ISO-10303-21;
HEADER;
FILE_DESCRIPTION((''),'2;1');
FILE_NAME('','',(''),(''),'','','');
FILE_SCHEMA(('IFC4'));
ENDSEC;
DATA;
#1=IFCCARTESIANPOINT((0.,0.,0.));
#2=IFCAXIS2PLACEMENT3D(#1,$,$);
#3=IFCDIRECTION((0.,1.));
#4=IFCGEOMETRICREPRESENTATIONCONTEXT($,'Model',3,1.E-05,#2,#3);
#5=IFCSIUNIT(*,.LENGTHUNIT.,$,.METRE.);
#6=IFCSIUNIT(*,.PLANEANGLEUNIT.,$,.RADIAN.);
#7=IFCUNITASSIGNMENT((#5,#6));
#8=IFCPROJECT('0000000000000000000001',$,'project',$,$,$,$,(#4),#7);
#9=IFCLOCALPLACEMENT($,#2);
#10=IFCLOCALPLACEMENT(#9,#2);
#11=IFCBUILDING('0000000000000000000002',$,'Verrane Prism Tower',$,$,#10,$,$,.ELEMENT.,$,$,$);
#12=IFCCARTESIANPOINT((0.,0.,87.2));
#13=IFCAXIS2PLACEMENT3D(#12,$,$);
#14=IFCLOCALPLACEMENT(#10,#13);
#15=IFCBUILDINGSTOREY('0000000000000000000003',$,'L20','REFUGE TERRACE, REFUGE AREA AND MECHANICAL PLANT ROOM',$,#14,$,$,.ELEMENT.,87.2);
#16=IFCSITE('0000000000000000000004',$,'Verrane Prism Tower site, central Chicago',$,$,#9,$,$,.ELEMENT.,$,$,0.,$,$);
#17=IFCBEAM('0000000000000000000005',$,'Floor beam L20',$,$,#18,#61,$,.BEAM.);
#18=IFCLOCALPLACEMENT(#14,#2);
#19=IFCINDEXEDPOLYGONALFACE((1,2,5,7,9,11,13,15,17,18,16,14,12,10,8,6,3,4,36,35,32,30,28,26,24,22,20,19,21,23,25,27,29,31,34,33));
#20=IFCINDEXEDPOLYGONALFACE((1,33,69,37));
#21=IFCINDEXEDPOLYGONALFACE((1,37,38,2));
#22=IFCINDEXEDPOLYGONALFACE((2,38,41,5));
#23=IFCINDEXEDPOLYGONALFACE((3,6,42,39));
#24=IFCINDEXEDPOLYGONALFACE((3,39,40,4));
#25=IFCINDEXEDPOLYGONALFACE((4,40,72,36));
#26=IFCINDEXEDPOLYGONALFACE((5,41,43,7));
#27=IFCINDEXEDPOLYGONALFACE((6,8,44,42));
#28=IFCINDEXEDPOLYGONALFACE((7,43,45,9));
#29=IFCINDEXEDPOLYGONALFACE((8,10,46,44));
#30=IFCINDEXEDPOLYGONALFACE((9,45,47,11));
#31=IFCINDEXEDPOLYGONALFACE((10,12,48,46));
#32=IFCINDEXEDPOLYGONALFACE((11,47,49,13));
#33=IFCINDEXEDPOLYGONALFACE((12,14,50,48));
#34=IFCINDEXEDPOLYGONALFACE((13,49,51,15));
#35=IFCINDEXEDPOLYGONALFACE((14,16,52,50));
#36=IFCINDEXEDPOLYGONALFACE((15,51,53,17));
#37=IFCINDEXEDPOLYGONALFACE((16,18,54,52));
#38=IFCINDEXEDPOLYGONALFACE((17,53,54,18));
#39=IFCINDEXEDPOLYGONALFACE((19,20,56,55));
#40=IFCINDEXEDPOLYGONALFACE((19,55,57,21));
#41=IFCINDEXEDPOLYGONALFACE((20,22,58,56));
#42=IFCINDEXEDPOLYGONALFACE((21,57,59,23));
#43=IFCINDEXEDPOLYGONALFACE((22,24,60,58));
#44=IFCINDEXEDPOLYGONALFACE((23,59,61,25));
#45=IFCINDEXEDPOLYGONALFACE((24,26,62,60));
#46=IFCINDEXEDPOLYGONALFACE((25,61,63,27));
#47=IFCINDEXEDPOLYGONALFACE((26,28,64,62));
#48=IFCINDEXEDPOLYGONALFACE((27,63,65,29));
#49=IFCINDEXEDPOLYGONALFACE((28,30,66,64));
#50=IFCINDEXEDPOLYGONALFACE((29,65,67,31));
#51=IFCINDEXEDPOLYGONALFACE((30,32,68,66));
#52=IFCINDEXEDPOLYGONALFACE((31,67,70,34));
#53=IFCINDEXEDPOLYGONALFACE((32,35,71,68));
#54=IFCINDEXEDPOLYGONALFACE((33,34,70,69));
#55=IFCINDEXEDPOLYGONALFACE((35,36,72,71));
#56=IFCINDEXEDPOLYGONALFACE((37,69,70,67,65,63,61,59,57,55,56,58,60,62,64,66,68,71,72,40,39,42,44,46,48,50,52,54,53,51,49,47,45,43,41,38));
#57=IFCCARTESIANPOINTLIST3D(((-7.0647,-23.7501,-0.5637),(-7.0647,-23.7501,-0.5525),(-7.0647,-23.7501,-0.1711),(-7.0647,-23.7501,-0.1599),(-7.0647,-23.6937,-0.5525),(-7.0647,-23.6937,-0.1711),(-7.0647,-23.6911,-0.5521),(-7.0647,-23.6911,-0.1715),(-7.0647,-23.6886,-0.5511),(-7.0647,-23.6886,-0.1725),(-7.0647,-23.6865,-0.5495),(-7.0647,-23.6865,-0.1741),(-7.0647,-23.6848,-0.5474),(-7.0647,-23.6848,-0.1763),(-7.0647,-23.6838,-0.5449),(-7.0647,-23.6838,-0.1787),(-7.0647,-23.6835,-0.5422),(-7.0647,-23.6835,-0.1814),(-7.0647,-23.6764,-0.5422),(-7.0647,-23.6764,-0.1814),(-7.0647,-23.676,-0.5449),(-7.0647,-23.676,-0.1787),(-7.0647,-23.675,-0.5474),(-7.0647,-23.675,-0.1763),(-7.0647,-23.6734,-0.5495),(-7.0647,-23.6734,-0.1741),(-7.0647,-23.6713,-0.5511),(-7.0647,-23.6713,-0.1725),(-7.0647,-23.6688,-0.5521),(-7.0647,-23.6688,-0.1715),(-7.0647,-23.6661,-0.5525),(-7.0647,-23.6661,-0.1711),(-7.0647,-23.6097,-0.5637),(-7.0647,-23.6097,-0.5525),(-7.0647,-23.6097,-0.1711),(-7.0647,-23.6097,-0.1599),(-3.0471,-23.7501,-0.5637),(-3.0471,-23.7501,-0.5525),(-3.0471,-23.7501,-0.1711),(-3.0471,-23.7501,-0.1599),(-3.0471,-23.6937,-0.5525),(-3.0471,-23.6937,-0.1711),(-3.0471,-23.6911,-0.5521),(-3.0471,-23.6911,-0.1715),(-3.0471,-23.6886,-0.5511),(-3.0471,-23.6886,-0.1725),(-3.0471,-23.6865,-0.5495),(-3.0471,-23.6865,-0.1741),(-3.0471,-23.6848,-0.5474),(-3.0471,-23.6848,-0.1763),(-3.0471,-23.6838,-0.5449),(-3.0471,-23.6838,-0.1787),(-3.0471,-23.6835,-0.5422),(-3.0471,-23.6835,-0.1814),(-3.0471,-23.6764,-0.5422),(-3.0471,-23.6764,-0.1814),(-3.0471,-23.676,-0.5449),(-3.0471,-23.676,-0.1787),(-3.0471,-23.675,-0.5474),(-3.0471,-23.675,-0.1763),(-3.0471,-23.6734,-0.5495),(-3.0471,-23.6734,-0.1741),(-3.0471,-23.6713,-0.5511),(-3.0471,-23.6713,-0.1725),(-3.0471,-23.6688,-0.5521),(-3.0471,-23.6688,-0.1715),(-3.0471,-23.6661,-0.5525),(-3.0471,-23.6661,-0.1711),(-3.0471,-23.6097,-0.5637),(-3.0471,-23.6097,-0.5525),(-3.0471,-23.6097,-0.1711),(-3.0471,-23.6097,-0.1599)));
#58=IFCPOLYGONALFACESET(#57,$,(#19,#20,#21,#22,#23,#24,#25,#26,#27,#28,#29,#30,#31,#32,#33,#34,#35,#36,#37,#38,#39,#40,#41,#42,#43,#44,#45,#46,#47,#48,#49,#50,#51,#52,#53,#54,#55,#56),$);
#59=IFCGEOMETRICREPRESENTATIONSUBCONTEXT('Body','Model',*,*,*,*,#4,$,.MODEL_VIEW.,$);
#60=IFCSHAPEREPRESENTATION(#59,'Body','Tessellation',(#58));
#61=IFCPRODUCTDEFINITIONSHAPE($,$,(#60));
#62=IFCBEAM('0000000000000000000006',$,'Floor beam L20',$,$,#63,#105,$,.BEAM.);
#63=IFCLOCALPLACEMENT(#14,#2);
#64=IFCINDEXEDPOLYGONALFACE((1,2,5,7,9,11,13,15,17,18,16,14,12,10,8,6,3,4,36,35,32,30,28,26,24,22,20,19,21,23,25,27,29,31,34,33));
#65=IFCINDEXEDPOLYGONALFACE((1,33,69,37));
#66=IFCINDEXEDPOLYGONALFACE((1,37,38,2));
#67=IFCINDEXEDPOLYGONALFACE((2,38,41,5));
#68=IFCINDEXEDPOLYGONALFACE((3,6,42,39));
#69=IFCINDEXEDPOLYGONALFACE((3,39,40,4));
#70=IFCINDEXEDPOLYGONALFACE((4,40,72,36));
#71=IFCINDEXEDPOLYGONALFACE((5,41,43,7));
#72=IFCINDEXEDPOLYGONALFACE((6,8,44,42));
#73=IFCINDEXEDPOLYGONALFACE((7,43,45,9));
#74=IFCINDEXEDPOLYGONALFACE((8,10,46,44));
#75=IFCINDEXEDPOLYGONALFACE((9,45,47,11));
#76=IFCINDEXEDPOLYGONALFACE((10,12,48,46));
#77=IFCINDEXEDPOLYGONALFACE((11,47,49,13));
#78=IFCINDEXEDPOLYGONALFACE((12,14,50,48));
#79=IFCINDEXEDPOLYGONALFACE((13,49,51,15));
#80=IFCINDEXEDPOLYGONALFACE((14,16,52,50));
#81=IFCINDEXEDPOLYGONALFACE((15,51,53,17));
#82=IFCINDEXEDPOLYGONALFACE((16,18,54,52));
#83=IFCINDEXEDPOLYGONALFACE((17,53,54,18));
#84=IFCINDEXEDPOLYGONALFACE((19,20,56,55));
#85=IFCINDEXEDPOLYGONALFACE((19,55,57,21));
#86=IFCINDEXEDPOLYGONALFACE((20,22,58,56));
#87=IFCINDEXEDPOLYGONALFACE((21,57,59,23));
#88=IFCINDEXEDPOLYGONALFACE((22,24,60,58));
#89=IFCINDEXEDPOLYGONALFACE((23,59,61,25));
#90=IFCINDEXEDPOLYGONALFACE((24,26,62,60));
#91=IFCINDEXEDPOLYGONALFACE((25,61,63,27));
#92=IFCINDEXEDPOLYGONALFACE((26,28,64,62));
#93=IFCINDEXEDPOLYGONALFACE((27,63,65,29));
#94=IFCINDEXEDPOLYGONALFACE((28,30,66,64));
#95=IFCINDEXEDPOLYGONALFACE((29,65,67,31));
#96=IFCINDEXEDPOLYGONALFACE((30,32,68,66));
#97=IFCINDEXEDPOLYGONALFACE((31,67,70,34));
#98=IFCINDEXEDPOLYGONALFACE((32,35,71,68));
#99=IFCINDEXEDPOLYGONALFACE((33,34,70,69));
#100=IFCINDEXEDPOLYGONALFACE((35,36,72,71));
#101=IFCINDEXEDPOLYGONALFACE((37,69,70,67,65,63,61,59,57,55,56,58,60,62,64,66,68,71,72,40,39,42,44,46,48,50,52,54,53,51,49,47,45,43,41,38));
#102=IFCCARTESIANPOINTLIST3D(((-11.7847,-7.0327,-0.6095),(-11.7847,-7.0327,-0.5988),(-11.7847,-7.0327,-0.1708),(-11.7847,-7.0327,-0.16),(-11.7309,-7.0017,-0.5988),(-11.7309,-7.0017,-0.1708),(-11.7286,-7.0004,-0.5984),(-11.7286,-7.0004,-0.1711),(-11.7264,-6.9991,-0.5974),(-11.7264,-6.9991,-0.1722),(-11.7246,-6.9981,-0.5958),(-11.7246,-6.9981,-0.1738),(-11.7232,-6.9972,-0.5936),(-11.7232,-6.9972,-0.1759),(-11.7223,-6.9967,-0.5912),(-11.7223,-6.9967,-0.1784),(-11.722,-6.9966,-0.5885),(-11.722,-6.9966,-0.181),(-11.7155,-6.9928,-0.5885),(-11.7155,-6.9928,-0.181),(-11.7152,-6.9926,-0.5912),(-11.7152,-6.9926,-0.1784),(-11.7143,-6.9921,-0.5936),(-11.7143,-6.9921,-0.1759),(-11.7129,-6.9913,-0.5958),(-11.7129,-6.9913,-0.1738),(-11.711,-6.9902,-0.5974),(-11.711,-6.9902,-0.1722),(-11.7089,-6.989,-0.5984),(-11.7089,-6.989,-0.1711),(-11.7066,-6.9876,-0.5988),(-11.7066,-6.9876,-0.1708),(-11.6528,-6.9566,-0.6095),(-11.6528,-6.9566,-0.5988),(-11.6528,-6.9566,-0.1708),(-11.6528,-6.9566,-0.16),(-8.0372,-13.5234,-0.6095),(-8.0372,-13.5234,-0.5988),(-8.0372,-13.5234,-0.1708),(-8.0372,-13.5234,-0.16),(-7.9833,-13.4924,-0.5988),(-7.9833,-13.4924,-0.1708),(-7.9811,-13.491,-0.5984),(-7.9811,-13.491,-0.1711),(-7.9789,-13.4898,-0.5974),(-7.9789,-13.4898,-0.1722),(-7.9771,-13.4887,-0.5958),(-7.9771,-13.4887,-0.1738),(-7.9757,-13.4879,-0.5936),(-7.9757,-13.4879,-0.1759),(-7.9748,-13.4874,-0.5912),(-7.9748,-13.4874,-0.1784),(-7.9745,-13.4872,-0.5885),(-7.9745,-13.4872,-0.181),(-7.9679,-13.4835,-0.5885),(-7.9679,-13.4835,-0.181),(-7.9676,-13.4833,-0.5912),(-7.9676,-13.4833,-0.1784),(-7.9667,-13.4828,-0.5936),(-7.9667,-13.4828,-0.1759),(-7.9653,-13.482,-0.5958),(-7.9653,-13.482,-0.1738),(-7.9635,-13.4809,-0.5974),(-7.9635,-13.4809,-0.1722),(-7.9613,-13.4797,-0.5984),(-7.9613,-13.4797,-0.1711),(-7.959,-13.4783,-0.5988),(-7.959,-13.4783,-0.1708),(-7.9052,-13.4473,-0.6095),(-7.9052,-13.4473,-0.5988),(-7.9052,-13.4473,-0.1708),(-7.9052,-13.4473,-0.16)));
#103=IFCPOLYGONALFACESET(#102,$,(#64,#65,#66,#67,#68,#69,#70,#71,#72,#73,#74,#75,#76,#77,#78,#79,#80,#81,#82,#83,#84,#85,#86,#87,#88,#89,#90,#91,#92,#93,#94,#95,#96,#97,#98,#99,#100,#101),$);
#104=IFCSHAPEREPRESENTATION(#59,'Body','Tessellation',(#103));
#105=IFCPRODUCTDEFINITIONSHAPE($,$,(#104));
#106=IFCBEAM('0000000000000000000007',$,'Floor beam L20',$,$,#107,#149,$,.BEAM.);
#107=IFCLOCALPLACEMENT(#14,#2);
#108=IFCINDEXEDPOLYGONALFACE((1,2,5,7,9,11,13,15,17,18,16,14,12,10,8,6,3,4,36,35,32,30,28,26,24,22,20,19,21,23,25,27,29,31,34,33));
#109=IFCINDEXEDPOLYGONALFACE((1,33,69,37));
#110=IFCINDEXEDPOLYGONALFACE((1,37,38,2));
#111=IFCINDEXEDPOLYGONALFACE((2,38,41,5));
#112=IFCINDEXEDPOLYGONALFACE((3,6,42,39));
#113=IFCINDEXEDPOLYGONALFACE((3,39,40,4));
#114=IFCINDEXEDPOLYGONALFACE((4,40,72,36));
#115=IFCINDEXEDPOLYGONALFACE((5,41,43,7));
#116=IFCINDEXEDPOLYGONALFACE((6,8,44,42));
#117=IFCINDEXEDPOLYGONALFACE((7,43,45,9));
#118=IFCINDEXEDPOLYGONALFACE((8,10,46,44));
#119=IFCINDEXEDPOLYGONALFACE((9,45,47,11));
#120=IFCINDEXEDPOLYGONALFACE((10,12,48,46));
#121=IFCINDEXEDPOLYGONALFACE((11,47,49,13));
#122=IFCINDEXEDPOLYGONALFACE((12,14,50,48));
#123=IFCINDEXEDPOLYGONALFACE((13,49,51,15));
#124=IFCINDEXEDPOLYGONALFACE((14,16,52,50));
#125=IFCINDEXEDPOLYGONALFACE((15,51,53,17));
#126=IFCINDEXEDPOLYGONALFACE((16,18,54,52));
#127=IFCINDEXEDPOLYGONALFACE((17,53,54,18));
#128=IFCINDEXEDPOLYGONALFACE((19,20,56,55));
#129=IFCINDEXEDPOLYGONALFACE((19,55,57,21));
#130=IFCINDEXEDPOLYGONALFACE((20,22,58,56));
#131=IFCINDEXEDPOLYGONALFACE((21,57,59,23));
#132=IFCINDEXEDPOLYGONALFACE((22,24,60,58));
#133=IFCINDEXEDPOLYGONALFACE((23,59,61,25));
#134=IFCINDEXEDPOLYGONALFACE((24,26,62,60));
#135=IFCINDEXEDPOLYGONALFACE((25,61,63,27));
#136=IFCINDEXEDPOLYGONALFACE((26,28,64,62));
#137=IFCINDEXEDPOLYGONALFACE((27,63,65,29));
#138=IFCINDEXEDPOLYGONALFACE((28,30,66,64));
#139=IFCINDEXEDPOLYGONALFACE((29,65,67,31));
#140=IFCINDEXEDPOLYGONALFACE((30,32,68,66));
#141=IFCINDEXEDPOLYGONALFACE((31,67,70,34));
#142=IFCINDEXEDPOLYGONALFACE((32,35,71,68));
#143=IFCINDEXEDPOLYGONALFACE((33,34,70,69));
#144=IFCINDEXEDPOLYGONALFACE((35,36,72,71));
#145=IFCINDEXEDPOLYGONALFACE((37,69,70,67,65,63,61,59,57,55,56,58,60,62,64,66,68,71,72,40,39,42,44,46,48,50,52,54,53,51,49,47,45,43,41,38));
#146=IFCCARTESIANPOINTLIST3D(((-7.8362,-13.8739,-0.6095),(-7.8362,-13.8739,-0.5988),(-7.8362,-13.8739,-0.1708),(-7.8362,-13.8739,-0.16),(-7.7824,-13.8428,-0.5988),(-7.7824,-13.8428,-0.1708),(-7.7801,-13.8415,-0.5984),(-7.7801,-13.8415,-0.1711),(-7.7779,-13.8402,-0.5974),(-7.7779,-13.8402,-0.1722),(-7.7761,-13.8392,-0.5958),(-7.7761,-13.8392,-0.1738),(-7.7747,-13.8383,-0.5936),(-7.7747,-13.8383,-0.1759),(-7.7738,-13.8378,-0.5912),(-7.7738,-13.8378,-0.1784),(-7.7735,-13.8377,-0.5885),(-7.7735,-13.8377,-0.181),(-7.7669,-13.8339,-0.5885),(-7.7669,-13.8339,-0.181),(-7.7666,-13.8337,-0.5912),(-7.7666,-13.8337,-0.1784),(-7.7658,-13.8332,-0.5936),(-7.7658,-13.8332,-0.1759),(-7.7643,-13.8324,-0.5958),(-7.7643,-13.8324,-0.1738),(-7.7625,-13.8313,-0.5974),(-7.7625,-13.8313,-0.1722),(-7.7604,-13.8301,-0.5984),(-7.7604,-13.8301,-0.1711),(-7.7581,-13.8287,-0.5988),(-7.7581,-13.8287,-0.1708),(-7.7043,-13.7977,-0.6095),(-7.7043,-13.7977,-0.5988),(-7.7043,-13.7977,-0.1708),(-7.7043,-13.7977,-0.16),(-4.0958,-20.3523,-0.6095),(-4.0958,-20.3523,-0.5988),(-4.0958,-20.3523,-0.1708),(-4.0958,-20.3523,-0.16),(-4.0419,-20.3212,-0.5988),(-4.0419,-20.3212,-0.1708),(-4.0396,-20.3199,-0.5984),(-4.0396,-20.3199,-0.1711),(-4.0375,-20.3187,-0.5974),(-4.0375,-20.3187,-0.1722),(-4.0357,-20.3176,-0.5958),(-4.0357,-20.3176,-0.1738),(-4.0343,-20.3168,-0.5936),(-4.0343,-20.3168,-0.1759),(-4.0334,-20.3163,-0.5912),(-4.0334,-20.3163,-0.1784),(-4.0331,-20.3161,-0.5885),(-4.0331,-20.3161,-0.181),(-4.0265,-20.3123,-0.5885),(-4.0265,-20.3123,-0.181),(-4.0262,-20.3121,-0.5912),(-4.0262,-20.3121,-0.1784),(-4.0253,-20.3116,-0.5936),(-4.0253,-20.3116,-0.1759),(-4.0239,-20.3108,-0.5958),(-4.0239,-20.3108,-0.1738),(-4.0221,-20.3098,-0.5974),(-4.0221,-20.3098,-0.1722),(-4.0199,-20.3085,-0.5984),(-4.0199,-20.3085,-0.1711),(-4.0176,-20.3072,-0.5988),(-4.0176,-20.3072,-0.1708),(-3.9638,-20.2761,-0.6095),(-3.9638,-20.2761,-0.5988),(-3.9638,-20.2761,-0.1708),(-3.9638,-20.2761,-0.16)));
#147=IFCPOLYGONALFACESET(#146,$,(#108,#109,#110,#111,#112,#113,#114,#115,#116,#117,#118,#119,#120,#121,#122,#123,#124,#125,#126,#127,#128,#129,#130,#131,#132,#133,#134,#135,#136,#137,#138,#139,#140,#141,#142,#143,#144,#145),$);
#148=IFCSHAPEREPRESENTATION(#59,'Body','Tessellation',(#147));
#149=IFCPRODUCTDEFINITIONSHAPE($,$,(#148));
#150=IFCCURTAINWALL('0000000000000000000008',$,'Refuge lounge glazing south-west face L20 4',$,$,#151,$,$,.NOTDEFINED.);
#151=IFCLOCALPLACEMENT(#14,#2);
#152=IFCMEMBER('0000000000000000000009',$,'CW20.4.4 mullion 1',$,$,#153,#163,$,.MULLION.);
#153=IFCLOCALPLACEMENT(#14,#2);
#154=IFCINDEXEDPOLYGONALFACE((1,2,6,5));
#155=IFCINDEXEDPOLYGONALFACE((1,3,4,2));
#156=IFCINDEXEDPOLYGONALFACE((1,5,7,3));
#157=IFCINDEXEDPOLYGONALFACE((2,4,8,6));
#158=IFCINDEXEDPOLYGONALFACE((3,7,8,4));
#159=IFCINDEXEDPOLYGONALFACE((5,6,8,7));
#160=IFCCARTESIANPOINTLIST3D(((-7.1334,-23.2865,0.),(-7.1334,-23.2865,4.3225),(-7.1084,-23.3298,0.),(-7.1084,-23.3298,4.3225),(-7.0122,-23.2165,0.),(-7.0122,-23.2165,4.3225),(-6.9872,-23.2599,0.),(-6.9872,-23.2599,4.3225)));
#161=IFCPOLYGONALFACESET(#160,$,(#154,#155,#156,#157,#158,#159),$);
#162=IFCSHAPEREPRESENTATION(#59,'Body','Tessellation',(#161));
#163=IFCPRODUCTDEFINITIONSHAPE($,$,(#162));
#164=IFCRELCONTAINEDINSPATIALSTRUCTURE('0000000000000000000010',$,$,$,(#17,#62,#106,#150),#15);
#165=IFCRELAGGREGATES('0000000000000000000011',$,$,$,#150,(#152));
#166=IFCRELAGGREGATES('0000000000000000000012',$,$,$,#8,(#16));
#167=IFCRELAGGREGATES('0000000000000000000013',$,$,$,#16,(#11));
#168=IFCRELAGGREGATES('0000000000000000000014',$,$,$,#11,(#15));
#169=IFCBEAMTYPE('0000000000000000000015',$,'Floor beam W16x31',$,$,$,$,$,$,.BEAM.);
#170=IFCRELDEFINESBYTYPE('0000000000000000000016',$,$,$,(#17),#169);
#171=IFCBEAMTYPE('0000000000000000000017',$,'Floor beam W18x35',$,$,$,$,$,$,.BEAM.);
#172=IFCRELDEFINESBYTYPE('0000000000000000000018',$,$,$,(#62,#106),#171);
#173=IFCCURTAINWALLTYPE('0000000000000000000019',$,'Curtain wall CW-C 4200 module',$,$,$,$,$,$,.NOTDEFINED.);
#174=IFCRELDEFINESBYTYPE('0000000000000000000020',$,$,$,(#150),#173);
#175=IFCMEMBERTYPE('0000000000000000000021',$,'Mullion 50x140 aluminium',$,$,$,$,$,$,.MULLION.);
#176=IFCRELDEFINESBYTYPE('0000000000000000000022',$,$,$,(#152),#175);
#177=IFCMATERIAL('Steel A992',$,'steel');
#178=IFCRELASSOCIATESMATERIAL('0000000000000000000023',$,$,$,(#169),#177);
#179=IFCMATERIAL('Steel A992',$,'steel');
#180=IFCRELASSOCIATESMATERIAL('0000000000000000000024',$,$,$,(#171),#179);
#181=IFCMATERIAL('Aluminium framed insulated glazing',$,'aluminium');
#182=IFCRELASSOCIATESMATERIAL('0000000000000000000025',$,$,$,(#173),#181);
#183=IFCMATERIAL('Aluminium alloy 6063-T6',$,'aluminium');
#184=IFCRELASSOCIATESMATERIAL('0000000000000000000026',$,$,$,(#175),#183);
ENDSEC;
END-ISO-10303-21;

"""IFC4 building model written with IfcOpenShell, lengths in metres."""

from ifc_helpers import new_model, si_unit, direction, frame, origin, origin_2d, place, context, subcontext, project, spatial, rectangle, i_section, extrude, material, material_profile, profile_set, type_object, element, aggregate, save


model = new_model("IFC4")

# Units and contexts
model_context = context("Model", 3, precision=1e-05, world=origin(), true_north=direction((0.0, 1.0)))
body_context = subcontext(model_context, "Body", "Model", "MODEL_VIEW")
ifc_project = project(units=[si_unit("LENGTHUNIT", "METRE"), si_unit("PLANEANGLEUNIT", "RADIAN")], contexts=[model_context])

# Site, building, storey
site_placement = place(None, origin())
site = spatial("IfcSite", under=ifc_project, at=site_placement, Name="Verrane Prism Tower site, central Chicago", CompositionType="ELEMENT", RefElevation=0.0)
building_placement = place(site_placement, origin())
building = spatial("IfcBuilding", under=site, at=building_placement, Name="Verrane Prism Tower", CompositionType="ELEMENT")
storey_placement = place(building_placement, frame((0.0, 0.0, 87.2)))
storey = spatial("IfcBuildingStorey", under=building, at=storey_placement, Name="L20", Description="REFUGE TERRACE, REFUGE AREA AND MECHANICAL PLANT ROOM", CompositionType="ELEMENT", Elevation=87.2)

# Beams
ifc_material_1 = material(Name="Steel A992", Category="steel")
ifc_material_profile_1 = material_profile(ifc_material_1, i_section(OverallWidth=0.1404, OverallDepth=0.4038, WebThickness=0.0071, FlangeThickness=0.0112, FilletRadius=0.0103, at=origin_2d()), Name="W16x31")
ifc_profile_set_1 = profile_set([ifc_material_profile_1], Name="Steel A992")
beam_type_1 = type_object("IfcBeamType", Name="Floor beam W16x31", PredefinedType="BEAM", material=ifc_profile_set_1)
beam_1_placement = place(storey_placement, frame((-7.0647, -23.6799, -0.3618), z_axis=(1.0, 0.0, 0.0), x_axis=(0.0, 1.0, 0.0)))
element("IfcBeam", 1, at=beam_1_placement, inside=storey, type_object=beam_type_1, Name="Floor beam L20", PredefinedType="BEAM", context=body_context, shape_type="SweptSolid", body=[
    extrude(i_section(OverallWidth=0.1404, OverallDepth=0.4038, WebThickness=0.0071, FlangeThickness=0.0112, FilletRadius=0.0103, at=origin_2d()), origin(), (0.0, 0.0, 1.0), 4.0176),
])
ifc_material_2 = material(Name="Steel A992", Category="steel")
ifc_material_profile_2 = material_profile(ifc_material_2, i_section(OverallWidth=0.1523, OverallDepth=0.4495, WebThickness=0.0076, FlangeThickness=0.0107, FilletRadius=0.0103, at=origin_2d()), Name="W18x35")
ifc_profile_set_2 = profile_set([ifc_material_profile_2], Name="Steel A992")
beam_type_2 = type_object("IfcBeamType", Name="Floor beam W18x35", PredefinedType="BEAM", material=ifc_profile_set_2)
beam_2_placement = place(storey_placement, frame((-7.9712, -13.4854, -0.3848), z_axis=(-0.500014, 0.866017, 0.0), x_axis=(-0.866017, -0.500014, 0.0)))
element("IfcBeam", 2, at=beam_2_placement, inside=storey, type_object=beam_type_2, Name="Floor beam L20", PredefinedType="BEAM", context=body_context, shape_type="SweptSolid", body=[
    extrude(i_section(OverallWidth=0.1523, OverallDepth=0.4495, WebThickness=0.0076, FlangeThickness=0.0107, FilletRadius=0.0103, at=origin_2d()), origin(), (0.0, 0.0, 1.0), 7.4949),
])
beam_3_placement = place(storey_placement, frame((-4.0298, -20.3142, -0.3848), z_axis=(-0.500011, 0.866019, 0.0), x_axis=(-0.866019, -0.500011, 0.0)))
element("IfcBeam", 3, at=beam_3_placement, inside=storey, type_object=beam_type_2, Name="Floor beam L20", PredefinedType="BEAM", context=body_context, shape_type="SweptSolid", body=[
    extrude(i_section(OverallWidth=0.1523, OverallDepth=0.4495, WebThickness=0.0076, FlangeThickness=0.0107, FilletRadius=0.0103, at=origin_2d()), origin(), (0.0, 0.0, 1.0), 7.4807),
])

# Curtain wall, member
ifc_material_3 = material(Name="Aluminium framed insulated glazing", Category="aluminium")
curtain_wall_type = type_object("IfcCurtainWallType", Name="Curtain wall CW-C 4200 module", PredefinedType="NOTDEFINED", material=ifc_material_3)
curtain_wall_placement = place(storey_placement, origin())
curtain_wall = element("IfcCurtainWall", 4, at=curtain_wall_placement, inside=storey, type_object=curtain_wall_type, Name="Refuge lounge glazing south-west face L20 4", PredefinedType="NOTDEFINED")
ifc_material_4 = material(Name="Aluminium alloy 6063-T6", Category="aluminium")
ifc_material_profile_3 = material_profile(ifc_material_4, rectangle(XDim=0.1399, YDim=0.05, at=origin_2d()), Name="Mullion 50x140 aluminium")
ifc_profile_set_3 = profile_set([ifc_material_profile_3], Name="Aluminium alloy 6063-T6")
member_type_1 = type_object("IfcMemberType", Name="Mullion 50x140 aluminium", PredefinedType="MULLION", material=ifc_profile_set_3)
member_1_placement = place(storey_placement, frame((-7.0603, -23.2732, 0.0), z_axis=(0.0, 0.0, 1.0), x_axis=(0.866025, 0.5, 0.0)))
member_1 = element("IfcMember", 5, at=member_1_placement, type_object=member_type_1, Name="CW20.4.4 mullion 1", PredefinedType="MULLION", context=body_context, shape_type="SweptSolid", body=[
    extrude(rectangle(XDim=0.1399, YDim=0.05, at=origin_2d()), origin(), (0.0, 0.0, 1.0), 4.3225),
])

aggregate(curtain_wall, [member_1])

save(model, "model.ifc")
